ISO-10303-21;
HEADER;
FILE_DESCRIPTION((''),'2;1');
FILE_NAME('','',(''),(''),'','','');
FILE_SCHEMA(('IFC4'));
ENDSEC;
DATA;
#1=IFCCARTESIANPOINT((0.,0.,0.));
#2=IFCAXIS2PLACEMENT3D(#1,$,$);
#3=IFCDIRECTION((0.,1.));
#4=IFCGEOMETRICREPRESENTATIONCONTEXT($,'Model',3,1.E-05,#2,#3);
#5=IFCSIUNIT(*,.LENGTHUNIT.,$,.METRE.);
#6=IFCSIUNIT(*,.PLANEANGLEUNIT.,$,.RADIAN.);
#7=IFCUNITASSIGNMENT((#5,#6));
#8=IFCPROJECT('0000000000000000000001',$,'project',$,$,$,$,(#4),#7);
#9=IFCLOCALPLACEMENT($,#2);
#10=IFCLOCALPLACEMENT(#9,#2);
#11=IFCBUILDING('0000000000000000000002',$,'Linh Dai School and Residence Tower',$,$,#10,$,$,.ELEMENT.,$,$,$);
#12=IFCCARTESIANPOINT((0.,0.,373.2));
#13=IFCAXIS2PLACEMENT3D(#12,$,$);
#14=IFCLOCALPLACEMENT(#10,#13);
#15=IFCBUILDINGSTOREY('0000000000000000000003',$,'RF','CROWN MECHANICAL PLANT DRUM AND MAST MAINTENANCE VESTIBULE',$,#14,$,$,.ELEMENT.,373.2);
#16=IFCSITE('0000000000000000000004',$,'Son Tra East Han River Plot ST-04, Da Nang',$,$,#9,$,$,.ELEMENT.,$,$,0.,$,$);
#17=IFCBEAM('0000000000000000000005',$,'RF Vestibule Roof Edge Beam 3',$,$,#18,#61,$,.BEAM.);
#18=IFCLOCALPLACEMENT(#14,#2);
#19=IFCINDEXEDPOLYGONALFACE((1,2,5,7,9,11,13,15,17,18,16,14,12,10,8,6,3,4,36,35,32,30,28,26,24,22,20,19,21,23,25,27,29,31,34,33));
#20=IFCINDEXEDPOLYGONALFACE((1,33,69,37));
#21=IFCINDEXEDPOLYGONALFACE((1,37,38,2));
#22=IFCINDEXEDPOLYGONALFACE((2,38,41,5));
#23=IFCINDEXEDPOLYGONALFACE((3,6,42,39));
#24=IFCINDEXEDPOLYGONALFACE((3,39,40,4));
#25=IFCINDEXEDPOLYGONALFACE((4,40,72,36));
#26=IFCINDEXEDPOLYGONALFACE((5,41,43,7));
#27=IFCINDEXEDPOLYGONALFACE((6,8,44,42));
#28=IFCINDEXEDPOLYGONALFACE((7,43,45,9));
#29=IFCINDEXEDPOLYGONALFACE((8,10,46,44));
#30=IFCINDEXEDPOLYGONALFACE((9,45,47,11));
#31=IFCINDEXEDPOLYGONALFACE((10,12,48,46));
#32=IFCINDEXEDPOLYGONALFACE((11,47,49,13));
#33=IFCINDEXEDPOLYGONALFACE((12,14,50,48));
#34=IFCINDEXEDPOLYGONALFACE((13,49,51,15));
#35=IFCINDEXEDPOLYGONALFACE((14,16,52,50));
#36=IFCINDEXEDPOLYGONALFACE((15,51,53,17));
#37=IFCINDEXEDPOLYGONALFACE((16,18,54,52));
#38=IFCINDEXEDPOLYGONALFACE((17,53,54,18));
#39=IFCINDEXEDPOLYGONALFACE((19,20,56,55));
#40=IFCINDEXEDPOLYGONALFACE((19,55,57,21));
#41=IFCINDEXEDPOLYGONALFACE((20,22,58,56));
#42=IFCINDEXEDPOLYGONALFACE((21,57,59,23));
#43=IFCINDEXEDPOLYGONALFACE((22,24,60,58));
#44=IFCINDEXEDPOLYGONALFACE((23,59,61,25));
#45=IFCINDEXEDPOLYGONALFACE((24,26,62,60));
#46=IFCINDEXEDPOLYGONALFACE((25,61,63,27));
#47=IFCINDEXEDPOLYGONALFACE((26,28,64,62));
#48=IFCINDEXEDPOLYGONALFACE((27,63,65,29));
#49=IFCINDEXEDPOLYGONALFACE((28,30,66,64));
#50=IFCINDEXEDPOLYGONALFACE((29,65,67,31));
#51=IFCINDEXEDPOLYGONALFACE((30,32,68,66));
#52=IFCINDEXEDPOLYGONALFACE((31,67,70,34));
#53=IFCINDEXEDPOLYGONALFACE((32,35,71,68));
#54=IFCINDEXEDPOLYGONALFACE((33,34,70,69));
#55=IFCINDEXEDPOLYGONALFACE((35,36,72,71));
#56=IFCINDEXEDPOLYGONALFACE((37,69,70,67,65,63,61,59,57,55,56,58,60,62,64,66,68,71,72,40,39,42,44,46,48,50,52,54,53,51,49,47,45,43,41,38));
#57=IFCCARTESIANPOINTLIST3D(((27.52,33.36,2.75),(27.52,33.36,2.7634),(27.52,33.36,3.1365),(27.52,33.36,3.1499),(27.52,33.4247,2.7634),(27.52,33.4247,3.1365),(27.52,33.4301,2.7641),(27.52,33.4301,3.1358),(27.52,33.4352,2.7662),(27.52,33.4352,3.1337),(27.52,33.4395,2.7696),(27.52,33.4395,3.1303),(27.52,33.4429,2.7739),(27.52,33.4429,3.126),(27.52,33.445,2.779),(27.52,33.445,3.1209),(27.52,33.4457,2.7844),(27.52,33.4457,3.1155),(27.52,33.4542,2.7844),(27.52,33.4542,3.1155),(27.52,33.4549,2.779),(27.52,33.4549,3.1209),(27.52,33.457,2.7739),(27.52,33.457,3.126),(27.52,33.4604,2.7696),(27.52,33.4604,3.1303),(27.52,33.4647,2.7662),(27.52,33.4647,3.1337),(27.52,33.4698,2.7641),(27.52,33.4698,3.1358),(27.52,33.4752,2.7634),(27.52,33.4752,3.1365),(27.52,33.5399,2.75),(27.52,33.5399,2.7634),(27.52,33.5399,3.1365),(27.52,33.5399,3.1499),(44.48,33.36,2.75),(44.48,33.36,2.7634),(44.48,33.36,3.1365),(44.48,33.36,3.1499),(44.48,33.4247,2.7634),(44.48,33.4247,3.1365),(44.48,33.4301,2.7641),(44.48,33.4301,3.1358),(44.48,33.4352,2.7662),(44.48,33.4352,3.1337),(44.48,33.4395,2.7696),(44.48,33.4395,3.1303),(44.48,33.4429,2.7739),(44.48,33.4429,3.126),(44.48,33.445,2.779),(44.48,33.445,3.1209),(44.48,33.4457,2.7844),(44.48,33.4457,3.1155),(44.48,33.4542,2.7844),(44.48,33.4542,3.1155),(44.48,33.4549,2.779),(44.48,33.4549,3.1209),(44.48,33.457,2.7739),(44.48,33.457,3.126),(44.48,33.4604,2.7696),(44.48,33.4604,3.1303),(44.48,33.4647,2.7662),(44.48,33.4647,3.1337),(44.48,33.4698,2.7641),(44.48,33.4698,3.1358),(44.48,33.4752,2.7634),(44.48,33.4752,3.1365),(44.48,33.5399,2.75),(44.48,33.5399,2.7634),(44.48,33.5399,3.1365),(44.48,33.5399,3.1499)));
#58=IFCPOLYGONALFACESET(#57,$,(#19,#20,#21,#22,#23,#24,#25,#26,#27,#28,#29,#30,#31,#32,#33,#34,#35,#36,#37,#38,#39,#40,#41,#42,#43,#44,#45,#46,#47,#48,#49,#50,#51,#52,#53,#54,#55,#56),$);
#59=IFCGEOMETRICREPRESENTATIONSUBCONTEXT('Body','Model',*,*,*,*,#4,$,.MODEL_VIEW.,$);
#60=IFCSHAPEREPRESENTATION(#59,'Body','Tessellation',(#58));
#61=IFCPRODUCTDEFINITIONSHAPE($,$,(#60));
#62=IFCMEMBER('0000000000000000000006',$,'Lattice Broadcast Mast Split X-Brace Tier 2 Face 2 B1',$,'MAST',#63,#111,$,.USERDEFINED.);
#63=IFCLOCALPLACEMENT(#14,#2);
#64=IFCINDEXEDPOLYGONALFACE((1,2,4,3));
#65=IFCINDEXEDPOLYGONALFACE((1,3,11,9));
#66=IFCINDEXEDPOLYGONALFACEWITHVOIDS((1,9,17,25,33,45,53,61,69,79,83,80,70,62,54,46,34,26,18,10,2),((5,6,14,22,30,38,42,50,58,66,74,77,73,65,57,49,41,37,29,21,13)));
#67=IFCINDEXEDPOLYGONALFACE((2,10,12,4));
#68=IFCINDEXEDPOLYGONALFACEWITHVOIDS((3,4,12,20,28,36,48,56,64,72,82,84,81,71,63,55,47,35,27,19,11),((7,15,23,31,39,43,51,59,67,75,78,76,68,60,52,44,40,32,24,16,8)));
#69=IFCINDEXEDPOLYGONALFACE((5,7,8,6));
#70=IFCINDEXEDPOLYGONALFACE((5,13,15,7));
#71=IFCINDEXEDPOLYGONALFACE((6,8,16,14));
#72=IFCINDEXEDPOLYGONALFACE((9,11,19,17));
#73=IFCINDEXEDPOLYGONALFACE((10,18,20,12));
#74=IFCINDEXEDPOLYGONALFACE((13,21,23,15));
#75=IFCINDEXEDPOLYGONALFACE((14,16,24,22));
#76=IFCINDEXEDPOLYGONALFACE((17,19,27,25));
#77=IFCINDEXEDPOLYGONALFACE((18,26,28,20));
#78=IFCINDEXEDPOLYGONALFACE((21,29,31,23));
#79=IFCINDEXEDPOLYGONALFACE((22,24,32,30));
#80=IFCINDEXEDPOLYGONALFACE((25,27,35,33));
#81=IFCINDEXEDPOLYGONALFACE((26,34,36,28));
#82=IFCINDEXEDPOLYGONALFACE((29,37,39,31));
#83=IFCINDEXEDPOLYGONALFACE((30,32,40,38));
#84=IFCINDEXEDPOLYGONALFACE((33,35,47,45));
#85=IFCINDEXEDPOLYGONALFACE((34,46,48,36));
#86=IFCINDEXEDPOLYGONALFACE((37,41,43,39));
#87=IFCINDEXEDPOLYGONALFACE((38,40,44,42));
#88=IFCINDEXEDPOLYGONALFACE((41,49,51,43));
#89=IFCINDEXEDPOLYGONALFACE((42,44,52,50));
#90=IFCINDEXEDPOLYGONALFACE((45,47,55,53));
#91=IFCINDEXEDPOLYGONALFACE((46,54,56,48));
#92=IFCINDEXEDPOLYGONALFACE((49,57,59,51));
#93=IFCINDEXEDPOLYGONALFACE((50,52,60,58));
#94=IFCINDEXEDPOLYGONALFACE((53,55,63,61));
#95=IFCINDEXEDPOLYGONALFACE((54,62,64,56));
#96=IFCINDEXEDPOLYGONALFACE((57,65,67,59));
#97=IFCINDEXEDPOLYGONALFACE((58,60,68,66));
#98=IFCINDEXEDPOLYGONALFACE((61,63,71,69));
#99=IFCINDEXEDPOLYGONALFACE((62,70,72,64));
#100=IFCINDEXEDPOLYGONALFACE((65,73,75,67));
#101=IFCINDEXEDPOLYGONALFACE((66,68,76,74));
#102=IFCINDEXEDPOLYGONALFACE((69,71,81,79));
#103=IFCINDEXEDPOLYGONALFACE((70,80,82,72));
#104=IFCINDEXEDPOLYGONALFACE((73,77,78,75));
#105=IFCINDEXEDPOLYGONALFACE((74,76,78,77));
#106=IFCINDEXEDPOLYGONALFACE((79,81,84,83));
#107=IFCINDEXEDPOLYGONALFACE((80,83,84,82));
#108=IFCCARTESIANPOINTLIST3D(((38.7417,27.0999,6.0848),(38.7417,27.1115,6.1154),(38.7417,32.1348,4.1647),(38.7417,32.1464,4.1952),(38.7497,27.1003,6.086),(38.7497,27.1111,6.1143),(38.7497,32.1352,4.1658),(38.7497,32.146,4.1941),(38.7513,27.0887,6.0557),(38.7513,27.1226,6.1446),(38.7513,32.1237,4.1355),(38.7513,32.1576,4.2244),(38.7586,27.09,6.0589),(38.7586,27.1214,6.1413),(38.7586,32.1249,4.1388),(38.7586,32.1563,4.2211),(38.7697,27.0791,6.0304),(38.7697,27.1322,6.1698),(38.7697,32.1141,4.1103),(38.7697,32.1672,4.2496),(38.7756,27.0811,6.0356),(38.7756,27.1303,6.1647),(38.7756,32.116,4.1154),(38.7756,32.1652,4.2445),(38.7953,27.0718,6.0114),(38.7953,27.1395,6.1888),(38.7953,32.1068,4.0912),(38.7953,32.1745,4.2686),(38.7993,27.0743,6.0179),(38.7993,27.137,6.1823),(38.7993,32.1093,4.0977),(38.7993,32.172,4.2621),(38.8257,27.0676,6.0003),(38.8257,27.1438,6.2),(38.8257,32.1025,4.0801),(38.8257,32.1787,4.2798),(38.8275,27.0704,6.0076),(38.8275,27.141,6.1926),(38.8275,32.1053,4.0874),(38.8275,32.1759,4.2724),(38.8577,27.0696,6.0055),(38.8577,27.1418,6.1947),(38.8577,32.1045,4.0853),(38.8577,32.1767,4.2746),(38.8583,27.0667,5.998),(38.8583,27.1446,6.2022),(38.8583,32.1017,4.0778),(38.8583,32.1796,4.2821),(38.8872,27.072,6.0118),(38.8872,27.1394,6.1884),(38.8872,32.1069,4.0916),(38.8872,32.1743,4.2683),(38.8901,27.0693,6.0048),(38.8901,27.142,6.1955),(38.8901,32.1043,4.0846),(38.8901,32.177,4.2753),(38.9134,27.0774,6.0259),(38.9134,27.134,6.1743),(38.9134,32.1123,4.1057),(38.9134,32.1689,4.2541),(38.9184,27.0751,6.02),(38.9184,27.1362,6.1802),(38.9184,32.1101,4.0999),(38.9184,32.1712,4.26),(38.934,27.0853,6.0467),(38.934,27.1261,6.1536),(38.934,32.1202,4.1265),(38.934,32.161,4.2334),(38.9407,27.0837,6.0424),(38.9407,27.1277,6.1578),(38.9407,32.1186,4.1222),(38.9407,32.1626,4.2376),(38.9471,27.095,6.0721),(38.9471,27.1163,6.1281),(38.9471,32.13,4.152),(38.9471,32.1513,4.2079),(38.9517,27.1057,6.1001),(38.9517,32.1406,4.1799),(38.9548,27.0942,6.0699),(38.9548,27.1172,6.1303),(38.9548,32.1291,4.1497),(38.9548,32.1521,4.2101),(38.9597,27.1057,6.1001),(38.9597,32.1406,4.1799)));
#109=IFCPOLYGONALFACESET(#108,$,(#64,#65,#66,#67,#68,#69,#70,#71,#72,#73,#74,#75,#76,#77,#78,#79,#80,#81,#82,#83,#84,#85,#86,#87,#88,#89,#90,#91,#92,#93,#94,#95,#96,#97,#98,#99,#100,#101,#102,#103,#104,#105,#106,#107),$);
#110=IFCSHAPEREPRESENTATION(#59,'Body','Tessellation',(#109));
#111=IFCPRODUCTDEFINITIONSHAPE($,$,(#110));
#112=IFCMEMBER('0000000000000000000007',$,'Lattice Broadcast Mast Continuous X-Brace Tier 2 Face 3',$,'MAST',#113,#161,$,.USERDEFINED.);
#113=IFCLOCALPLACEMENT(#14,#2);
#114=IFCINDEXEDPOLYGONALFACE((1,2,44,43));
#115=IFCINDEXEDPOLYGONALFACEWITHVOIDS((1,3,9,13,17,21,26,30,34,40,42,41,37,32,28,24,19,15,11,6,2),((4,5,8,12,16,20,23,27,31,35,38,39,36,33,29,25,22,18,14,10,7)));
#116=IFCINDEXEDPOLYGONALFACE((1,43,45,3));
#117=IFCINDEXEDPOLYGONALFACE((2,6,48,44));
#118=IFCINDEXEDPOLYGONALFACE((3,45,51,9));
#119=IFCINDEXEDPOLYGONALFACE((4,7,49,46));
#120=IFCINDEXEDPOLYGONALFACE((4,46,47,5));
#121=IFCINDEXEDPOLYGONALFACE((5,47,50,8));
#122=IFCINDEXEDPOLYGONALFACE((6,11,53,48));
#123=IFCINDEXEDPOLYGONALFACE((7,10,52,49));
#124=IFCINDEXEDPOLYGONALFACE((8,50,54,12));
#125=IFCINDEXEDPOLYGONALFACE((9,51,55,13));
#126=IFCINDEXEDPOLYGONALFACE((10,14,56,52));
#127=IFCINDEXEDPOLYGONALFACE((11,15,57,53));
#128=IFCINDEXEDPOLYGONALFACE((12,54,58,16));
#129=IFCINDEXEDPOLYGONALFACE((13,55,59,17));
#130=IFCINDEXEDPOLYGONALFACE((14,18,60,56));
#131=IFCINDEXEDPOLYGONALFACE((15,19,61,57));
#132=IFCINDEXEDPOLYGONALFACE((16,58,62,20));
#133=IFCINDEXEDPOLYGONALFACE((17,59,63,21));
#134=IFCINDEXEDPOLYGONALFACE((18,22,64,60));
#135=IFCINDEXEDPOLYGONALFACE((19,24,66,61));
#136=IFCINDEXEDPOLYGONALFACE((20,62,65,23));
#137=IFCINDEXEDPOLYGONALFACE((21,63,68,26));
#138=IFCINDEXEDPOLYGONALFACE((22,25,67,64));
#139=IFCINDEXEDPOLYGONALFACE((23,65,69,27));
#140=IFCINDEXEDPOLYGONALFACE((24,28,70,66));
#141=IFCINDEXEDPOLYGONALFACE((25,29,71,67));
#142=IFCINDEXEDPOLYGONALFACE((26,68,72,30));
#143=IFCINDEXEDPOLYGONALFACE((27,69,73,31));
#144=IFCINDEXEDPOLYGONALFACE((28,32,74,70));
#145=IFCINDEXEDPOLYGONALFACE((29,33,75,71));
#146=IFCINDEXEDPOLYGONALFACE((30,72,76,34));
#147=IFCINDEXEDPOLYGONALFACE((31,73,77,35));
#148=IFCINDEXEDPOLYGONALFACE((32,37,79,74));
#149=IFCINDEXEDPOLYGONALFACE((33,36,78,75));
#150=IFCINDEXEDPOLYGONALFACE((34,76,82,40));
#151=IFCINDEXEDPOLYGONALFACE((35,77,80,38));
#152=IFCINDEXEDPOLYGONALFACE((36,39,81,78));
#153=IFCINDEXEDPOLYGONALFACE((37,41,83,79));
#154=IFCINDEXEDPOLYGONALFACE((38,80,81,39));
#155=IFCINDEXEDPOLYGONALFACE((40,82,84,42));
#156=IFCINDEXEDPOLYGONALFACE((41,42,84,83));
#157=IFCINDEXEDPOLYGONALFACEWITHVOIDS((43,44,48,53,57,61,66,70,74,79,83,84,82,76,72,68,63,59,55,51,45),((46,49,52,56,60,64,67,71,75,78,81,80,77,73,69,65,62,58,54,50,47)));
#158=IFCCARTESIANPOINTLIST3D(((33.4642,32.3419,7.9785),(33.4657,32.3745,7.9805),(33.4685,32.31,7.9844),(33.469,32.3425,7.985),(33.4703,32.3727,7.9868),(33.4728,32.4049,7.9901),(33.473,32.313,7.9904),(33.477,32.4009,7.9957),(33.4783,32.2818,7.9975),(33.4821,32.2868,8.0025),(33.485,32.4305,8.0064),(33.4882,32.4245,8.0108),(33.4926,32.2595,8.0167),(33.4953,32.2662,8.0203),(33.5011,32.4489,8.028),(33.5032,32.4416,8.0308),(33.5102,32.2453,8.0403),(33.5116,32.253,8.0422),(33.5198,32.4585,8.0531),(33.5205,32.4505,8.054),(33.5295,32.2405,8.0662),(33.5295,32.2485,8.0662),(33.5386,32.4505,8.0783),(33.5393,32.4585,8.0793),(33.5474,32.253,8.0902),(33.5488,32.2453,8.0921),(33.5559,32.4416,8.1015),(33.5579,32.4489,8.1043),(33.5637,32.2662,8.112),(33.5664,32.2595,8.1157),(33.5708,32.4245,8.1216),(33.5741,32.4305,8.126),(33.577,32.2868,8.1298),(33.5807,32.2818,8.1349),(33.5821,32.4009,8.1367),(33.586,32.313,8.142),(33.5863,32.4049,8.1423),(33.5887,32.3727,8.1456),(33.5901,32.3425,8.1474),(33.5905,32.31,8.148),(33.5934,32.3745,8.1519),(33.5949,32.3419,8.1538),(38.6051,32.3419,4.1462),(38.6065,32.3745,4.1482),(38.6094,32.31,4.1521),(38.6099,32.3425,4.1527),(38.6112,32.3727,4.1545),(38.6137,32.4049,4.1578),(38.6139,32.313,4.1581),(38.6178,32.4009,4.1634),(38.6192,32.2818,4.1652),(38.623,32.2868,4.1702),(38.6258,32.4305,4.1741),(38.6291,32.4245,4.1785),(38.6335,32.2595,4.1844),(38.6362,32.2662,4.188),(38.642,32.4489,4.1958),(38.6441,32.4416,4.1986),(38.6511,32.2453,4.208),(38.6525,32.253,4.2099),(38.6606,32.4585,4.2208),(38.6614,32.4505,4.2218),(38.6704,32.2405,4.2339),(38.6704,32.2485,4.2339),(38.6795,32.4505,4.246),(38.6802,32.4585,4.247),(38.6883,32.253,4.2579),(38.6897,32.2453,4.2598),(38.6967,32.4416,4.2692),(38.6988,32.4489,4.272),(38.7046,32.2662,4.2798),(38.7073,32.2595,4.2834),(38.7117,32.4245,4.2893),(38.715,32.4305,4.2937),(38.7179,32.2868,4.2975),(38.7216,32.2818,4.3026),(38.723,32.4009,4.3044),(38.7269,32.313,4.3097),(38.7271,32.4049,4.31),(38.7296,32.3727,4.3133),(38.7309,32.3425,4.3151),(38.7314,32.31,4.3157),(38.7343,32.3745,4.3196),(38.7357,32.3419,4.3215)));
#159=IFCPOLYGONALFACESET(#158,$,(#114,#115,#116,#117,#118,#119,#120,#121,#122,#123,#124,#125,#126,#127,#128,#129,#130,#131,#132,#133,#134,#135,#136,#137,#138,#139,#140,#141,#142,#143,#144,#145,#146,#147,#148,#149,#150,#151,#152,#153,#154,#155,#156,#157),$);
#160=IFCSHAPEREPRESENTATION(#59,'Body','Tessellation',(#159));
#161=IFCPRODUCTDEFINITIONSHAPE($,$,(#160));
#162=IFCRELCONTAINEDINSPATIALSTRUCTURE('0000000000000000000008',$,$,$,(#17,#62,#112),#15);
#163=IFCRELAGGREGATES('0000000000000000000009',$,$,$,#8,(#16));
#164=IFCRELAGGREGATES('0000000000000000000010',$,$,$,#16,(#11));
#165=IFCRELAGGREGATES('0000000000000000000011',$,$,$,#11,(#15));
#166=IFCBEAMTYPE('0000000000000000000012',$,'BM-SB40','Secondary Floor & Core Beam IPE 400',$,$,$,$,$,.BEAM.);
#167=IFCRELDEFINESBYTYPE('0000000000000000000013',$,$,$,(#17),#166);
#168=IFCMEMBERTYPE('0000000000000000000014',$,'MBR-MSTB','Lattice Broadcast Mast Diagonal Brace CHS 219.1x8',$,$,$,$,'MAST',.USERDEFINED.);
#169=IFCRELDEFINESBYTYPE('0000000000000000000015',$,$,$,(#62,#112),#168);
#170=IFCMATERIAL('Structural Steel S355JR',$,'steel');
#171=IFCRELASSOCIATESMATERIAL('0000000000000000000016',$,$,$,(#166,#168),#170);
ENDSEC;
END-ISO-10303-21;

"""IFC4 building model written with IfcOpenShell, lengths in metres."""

from ifc_helpers import new_model, si_unit, direction, frame, origin, origin_2d, place, context, subcontext, project, spatial, hollow_circle, i_section, extrude, material, material_profile, profile_set, type_object, element, save


model = new_model("IFC4")

# Units and contexts
model_context = context("Model", 3, precision=1e-05, world=origin(), true_north=direction((0.0, 1.0)))
body_context = subcontext(model_context, "Body", "Model", "MODEL_VIEW")
ifc_project = project(units=[si_unit("LENGTHUNIT", "METRE"), si_unit("PLANEANGLEUNIT", "RADIAN")], contexts=[model_context])

# Site, building, storey
site_placement = place(None, origin())
site = spatial("IfcSite", under=ifc_project, at=site_placement, Name="Son Tra East Han River Plot ST-04, Da Nang", CompositionType="ELEMENT", RefElevation=0.0)
building_placement = place(site_placement, origin())
building = spatial("IfcBuilding", under=site, at=building_placement, Name="Linh Dai School and Residence Tower", CompositionType="ELEMENT")
storey_placement = place(building_placement, frame((0.0, 0.0, 373.2)))
storey = spatial("IfcBuildingStorey", under=building, at=storey_placement, Name="RF", Description="CROWN MECHANICAL PLANT DRUM AND MAST MAINTENANCE VESTIBULE", CompositionType="ELEMENT", Elevation=373.2)

# Shared definitions
ifc_material_1 = material(Name="Structural Steel S355JR", Category="steel")

# Beam
ifc_material_profile_1 = material_profile(ifc_material_1, i_section(OverallWidth=0.1799, OverallDepth=0.3999, WebThickness=0.0085, FlangeThickness=0.0134, FilletRadius=0.021, at=origin_2d()), Name="IPE 400")
ifc_profile_set_1 = profile_set([ifc_material_profile_1], Name="Structural Steel S355JR")
beam_type_1 = type_object("IfcBeamType", Name="BM-SB40", Description="Secondary Floor & Core Beam IPE 400", PredefinedType="BEAM", material=ifc_profile_set_1)
beam_placement = place(storey_placement, frame((44.48, 33.45, 2.95), z_axis=(-1.0, 0.0, 0.0), x_axis=(0.0, -1.0, 0.0)))
element("IfcBeam", 1, at=beam_placement, inside=storey, type_object=beam_type_1, Name="RF Vestibule Roof Edge Beam 3", PredefinedType="BEAM", context=body_context, shape_type="SweptSolid", body=[
    extrude(i_section(OverallWidth=0.1799, OverallDepth=0.3999, WebThickness=0.0085, FlangeThickness=0.0134, FilletRadius=0.021, at=origin_2d()), origin(), (0.0, 0.0, 1.0), 16.96),
])

# Members
ifc_material_profile_2 = material_profile(ifc_material_1, hollow_circle(Radius=0.1096, WallThickness=0.0081, at=origin_2d()), Name="CHS 219.1x8")
ifc_profile_set_2 = profile_set([ifc_material_profile_2], Name="Structural Steel S355JR")
member_type = type_object("IfcMemberType", Name="MBR-MSTB", Description="Lattice Broadcast Mast Diagonal Brace CHS 219.1x8", ElementType="MAST", PredefinedType="USERDEFINED", material=ifc_profile_set_2)
member_1_placement = place(storey_placement, frame((38.8501, 32.1406, 4.1799), z_axis=(0.0, -0.934358, 0.356336), x_axis=(1.0, 0.0, 0.0)))
element("IfcMember", 2, at=member_1_placement, inside=storey, type_object=member_type, Name="Lattice Broadcast Mast Split X-Brace Tier 2 Face 2 B1", ObjectType="MAST", PredefinedType="USERDEFINED", context=body_context, shape_type="SweptSolid", body=[
    extrude(hollow_circle(Radius=0.1096, WallThickness=0.0081, at=origin_2d()), origin(), (0.0, 0.0, 1.0), 5.3887),
])
member_2_placement = place(storey_placement, frame((38.6704, 32.3501, 4.2339), z_axis=(-0.801747, 0.0, 0.597664), x_axis=(0.0, -1.0, 0.0)))
element("IfcMember", 3, at=member_2_placement, inside=storey, type_object=member_type, Name="Lattice Broadcast Mast Continuous X-Brace Tier 2 Face 3", ObjectType="MAST", PredefinedType="USERDEFINED", context=body_context, shape_type="SweptSolid", body=[
    extrude(hollow_circle(Radius=0.1096, WallThickness=0.0081, at=origin_2d()), origin(), (0.0, 0.0, 1.0), 6.4121),
])

save(model, "model.ifc")
